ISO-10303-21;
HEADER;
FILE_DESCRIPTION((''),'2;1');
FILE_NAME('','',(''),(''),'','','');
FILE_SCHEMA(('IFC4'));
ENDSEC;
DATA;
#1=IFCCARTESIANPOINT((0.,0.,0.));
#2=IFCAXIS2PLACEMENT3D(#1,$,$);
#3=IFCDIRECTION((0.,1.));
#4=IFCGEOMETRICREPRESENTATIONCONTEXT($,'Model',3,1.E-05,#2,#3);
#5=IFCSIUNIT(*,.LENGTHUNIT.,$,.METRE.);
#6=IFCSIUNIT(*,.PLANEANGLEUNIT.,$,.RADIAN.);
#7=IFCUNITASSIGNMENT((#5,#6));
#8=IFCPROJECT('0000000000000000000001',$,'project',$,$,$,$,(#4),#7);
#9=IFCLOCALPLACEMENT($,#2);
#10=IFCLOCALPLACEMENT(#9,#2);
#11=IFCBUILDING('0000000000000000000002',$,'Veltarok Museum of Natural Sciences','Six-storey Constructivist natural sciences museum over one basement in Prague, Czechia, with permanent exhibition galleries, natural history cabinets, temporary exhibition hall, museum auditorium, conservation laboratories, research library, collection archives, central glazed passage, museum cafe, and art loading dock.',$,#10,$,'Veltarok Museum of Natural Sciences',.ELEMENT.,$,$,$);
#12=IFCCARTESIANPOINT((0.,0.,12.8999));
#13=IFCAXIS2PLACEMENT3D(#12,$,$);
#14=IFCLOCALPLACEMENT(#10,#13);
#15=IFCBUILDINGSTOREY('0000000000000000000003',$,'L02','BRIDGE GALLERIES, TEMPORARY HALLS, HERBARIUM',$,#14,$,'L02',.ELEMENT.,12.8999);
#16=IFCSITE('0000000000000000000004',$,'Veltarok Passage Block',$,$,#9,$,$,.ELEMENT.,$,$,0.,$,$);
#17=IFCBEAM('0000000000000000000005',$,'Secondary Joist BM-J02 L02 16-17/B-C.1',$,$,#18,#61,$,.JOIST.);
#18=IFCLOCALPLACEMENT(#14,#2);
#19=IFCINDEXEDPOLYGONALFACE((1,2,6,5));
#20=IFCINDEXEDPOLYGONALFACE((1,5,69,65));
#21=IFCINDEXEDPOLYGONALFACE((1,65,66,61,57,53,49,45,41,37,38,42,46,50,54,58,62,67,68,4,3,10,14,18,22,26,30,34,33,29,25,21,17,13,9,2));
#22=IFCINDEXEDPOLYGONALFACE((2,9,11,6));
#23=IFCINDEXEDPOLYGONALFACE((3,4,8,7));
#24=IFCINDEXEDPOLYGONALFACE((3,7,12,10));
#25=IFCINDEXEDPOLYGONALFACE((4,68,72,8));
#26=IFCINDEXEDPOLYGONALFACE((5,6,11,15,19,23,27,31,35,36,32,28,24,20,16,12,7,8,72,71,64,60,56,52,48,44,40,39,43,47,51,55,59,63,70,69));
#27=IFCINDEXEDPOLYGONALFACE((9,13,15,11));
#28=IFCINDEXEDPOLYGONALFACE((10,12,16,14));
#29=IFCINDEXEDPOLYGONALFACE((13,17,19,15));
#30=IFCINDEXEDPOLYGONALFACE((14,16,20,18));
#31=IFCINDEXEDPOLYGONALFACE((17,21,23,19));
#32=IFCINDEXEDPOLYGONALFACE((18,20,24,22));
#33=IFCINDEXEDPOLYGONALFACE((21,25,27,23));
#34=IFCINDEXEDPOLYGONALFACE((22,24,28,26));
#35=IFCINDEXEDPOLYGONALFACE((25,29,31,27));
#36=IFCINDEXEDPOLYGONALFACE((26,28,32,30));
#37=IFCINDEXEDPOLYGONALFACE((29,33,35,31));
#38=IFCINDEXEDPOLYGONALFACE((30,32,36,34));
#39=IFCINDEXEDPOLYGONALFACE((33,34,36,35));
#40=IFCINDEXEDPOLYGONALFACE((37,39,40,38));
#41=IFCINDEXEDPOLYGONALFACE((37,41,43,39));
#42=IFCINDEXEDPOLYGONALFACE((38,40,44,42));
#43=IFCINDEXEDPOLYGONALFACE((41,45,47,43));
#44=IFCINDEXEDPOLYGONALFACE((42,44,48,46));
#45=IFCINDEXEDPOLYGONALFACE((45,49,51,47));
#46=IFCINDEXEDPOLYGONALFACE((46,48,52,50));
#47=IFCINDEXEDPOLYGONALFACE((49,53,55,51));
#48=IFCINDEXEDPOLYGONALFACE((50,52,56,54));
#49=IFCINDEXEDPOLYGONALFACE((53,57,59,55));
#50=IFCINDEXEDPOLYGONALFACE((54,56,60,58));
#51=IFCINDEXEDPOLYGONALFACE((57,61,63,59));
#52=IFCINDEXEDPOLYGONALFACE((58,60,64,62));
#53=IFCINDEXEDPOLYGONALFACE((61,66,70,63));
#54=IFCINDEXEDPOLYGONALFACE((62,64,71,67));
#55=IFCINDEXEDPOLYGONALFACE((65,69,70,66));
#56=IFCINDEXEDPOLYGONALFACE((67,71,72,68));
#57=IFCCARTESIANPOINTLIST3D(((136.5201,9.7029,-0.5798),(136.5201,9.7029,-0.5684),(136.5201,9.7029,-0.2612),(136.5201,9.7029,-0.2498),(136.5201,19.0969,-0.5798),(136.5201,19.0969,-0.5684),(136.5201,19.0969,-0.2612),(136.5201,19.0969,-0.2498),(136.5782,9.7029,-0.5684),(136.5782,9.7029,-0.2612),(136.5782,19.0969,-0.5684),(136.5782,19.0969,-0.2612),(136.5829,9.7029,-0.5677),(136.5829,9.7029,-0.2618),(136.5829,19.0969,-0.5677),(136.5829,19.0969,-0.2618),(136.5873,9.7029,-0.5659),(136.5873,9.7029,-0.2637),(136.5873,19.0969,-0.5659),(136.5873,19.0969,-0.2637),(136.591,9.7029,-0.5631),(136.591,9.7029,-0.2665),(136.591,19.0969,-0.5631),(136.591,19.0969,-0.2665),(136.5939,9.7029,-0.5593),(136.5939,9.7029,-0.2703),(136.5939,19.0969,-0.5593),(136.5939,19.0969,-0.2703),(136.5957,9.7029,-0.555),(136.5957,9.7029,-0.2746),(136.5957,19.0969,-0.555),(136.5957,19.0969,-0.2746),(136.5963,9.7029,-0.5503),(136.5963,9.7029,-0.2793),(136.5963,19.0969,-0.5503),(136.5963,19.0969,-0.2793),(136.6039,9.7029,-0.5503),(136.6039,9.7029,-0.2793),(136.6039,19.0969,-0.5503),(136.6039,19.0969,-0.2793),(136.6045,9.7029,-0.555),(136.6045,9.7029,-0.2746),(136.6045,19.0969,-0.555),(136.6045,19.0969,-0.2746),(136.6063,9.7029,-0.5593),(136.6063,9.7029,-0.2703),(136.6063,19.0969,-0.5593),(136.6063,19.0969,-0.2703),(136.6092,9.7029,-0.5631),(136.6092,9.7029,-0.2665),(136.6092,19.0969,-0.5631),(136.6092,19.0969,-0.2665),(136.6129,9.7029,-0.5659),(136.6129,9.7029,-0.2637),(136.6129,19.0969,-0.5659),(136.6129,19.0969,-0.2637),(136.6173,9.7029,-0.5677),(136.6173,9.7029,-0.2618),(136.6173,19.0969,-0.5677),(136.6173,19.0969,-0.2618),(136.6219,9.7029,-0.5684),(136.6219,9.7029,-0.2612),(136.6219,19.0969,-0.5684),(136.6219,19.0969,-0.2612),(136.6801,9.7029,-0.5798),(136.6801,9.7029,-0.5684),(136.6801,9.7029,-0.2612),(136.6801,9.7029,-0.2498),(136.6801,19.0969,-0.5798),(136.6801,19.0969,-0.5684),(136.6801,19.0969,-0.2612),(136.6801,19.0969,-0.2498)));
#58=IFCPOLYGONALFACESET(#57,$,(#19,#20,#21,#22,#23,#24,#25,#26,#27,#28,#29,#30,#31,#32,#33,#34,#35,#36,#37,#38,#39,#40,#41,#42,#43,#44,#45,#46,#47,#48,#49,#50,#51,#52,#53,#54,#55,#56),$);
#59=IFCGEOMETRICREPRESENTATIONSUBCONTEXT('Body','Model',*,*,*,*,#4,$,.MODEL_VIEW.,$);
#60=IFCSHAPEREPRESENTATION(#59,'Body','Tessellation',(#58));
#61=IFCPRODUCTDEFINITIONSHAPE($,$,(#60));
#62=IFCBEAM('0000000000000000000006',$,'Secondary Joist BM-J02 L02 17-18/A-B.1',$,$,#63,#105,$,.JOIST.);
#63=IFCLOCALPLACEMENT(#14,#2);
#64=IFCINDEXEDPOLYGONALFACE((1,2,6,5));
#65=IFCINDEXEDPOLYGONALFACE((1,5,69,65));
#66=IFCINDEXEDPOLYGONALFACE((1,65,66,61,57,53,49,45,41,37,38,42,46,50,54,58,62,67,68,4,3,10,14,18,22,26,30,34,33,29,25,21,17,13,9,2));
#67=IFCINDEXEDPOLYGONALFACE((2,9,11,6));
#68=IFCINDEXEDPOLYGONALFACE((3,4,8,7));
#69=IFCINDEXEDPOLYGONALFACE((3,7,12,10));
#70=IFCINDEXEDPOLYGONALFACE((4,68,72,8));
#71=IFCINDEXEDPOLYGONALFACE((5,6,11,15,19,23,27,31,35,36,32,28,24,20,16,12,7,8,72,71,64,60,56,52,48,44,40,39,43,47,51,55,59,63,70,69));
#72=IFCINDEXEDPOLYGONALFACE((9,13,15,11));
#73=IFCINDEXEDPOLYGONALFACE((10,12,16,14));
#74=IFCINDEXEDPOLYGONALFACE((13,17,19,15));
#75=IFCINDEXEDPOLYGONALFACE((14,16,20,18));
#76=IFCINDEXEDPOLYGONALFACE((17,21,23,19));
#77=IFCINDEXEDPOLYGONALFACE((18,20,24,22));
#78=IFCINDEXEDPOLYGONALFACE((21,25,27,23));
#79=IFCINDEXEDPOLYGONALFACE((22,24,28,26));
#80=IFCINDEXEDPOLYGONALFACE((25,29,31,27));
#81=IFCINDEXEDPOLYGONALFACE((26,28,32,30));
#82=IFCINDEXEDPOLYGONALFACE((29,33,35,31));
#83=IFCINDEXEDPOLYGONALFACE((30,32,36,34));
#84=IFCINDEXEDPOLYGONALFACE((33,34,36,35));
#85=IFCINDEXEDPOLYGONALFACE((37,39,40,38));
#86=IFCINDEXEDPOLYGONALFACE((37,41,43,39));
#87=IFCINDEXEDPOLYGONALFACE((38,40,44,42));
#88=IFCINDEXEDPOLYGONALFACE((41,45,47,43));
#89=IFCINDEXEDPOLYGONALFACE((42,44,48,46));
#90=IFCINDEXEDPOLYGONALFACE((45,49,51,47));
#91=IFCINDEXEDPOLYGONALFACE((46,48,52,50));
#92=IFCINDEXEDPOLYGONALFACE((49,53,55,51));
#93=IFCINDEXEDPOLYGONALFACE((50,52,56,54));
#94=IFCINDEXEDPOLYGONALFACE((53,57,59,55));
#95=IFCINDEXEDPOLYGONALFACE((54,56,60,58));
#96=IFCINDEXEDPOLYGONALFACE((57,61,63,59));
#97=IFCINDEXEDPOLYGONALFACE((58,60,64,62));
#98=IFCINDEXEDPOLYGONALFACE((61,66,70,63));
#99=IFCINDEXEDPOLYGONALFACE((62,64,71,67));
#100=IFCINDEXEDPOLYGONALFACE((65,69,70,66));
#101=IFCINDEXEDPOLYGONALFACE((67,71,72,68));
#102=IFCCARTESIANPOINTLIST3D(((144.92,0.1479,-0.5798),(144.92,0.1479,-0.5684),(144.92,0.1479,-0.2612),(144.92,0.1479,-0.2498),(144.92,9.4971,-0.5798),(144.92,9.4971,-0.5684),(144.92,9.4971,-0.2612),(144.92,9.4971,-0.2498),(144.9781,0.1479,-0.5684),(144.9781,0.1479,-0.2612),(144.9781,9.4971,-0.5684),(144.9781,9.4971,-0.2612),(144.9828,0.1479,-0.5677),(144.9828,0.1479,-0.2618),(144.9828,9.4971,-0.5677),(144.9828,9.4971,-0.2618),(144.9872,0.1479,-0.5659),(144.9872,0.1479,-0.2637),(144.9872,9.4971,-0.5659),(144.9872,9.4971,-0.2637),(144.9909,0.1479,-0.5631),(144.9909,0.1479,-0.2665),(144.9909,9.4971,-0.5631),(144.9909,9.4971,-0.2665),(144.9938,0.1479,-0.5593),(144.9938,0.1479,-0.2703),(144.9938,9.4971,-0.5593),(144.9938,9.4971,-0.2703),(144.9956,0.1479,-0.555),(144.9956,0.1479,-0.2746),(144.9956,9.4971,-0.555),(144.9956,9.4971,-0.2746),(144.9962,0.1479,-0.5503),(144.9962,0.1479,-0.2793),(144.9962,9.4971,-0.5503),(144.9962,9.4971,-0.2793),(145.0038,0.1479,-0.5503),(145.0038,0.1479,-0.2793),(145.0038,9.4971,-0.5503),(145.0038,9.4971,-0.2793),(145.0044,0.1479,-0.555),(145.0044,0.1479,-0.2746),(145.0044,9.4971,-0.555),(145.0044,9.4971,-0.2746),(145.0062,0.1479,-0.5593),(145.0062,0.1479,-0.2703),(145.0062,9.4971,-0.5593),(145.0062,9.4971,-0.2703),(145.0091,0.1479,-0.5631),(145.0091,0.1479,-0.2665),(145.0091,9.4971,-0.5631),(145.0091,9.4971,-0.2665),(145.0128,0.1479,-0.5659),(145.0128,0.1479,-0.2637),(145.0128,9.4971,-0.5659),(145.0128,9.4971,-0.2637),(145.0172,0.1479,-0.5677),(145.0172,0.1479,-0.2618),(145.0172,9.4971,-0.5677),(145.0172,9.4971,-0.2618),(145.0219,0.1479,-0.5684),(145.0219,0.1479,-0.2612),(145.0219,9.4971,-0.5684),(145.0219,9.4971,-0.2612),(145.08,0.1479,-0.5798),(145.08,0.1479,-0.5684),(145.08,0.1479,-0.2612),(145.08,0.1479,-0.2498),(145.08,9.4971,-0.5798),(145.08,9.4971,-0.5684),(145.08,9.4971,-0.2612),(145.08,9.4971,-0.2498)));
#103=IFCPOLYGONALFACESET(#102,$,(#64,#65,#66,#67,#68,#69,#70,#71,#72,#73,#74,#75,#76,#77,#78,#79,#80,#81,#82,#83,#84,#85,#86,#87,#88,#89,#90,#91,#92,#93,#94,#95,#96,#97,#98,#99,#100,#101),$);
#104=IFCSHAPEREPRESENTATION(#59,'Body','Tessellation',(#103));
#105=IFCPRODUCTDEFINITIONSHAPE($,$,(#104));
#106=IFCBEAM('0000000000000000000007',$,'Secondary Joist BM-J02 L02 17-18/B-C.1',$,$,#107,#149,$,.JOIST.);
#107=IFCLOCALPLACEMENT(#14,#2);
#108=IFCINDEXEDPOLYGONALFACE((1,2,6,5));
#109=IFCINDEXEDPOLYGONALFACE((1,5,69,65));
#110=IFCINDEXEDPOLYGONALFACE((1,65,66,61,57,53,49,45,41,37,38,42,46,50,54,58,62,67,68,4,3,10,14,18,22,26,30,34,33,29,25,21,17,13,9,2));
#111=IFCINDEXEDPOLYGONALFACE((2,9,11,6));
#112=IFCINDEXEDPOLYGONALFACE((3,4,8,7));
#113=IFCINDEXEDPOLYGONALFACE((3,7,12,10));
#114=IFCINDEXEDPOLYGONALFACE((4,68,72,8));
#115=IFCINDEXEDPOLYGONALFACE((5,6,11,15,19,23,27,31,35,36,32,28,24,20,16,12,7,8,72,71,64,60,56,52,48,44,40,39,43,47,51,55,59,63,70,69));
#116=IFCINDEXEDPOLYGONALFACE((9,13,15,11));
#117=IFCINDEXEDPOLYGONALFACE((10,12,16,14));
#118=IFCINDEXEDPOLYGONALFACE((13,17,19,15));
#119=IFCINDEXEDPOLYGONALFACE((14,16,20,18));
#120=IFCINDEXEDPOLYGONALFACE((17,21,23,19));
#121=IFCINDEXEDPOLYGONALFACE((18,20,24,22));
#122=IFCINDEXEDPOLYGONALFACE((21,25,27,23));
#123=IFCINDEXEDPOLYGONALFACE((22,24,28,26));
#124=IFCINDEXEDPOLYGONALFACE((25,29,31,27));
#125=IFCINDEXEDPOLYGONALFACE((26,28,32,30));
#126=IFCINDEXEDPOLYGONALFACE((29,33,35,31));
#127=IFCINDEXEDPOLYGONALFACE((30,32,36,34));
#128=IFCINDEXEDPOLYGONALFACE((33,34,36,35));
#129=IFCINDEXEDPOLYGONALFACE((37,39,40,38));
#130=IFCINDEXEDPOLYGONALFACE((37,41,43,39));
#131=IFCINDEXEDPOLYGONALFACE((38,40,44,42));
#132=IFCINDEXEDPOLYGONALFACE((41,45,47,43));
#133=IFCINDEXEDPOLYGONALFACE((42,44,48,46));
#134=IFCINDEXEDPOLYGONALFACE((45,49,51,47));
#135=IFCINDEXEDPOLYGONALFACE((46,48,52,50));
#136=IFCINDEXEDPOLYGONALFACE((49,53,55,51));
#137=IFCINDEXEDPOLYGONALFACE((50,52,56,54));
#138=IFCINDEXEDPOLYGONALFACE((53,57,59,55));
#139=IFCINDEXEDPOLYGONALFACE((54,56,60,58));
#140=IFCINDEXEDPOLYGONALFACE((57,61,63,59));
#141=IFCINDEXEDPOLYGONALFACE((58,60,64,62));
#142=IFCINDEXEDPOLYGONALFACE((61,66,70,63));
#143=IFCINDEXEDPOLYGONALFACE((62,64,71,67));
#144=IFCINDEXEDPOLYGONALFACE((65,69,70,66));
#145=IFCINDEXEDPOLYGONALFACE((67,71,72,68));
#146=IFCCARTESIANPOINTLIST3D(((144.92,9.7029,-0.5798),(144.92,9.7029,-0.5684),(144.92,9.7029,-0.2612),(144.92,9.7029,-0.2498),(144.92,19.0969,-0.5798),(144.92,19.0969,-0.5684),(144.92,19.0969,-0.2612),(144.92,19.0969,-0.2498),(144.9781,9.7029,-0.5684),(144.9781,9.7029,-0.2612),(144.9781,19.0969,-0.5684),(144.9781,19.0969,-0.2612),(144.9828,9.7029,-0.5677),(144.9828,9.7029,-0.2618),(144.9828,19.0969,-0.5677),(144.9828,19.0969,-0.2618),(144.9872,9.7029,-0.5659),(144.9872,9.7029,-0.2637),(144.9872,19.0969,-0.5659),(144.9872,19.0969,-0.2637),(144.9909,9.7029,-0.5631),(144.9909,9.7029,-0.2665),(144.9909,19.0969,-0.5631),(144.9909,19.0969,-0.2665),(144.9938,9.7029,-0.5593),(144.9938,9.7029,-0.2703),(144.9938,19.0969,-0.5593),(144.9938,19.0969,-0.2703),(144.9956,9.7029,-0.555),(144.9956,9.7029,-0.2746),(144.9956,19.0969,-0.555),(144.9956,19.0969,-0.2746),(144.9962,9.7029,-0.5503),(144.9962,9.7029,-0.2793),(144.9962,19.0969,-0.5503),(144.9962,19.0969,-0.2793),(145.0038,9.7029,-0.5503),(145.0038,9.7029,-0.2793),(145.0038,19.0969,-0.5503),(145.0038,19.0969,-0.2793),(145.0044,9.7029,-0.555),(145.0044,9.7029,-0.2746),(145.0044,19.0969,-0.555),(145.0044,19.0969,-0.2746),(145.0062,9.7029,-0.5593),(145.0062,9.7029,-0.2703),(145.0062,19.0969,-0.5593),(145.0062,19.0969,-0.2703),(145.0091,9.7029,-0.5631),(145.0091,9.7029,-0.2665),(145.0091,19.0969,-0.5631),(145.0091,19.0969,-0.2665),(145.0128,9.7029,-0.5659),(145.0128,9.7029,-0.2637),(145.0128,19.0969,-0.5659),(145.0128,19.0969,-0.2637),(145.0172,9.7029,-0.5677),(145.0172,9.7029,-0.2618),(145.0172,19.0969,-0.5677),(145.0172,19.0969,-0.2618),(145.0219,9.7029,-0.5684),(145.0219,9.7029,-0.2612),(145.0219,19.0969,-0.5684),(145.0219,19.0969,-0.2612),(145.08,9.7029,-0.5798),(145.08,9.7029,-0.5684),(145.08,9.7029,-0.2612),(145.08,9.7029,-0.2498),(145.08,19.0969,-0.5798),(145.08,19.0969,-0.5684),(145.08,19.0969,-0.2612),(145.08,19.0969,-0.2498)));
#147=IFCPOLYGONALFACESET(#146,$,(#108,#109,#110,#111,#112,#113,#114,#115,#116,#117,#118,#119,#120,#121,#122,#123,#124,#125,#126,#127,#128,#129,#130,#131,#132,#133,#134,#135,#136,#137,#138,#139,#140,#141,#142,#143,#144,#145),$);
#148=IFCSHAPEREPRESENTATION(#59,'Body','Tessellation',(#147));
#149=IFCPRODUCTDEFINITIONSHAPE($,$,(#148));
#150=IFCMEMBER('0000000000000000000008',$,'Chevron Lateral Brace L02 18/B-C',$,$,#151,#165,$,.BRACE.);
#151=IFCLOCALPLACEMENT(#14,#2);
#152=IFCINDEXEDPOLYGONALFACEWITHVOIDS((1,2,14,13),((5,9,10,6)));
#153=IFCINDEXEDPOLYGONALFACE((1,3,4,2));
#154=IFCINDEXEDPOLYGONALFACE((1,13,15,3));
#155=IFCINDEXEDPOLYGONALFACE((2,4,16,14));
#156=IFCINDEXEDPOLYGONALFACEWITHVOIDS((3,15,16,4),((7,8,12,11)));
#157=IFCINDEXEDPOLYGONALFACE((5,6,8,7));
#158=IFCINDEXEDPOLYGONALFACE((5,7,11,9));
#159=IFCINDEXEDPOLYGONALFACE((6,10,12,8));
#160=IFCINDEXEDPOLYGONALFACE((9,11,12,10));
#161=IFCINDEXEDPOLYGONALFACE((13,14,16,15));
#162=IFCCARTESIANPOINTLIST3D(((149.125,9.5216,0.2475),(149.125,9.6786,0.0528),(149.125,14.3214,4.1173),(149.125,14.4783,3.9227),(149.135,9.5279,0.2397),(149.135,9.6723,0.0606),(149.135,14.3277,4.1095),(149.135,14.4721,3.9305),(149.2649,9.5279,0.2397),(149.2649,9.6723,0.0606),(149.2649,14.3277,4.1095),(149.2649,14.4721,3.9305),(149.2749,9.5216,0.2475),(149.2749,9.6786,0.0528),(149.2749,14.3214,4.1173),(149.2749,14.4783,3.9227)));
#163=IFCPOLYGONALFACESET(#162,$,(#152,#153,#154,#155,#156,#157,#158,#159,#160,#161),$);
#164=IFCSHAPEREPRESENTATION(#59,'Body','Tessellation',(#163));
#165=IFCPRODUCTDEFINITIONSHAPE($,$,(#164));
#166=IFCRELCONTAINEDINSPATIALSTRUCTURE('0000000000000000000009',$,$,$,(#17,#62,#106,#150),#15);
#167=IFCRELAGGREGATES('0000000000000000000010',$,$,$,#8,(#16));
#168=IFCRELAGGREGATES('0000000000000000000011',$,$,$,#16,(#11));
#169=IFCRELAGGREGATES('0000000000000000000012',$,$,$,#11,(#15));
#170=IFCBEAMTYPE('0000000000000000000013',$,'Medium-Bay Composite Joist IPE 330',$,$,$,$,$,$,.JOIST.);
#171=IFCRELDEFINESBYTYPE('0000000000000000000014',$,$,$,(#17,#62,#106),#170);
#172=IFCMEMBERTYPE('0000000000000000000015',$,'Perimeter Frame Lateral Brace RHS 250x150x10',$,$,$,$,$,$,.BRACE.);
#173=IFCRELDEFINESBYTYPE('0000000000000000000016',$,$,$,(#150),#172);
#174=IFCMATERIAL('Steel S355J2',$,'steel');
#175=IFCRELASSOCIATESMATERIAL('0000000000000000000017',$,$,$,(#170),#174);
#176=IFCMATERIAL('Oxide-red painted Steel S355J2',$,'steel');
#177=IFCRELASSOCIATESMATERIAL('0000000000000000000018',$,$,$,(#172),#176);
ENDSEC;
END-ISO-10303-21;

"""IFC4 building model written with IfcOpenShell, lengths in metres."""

from ifc_helpers import new_model, si_unit, direction, frame, origin, origin_2d, place, context, subcontext, project, spatial, hollow_rectangle, i_section, extrude, material, material_profile, profile_set, type_object, element, save


model = new_model("IFC4")

# Units and contexts
model_context = context("Model", 3, precision=1e-05, world=origin(), true_north=direction((0.0, 1.0)))
body_context = subcontext(model_context, "Body", "Model", "MODEL_VIEW")
ifc_project = project(units=[si_unit("LENGTHUNIT", "METRE"), si_unit("PLANEANGLEUNIT", "RADIAN")], contexts=[model_context])

# Site, building, storey
site_placement = place(None, origin())
site = spatial("IfcSite", under=ifc_project, at=site_placement, Name="Veltarok Passage Block", CompositionType="ELEMENT", RefElevation=0.0)
building_placement = place(site_placement, origin())
building = spatial("IfcBuilding", under=site, at=building_placement, Name="Veltarok Museum of Natural Sciences", Description="Six-storey Constructivist natural sciences museum over one basement in Prague, Czechia, with permanent exhibition galleries, natural history cabinets, temporary exhibition hall, museum auditorium, conservation laboratories, research library, collection archives, central glazed passage, museum cafe, and art loading dock.", LongName="Veltarok Museum of Natural Sciences", CompositionType="ELEMENT")
storey_placement = place(building_placement, frame((0.0, 0.0, 12.8999)))
storey = spatial("IfcBuildingStorey", under=building, at=storey_placement, Name="L02", Description="BRIDGE GALLERIES, TEMPORARY HALLS, HERBARIUM", LongName="L02", CompositionType="ELEMENT", Elevation=12.8999)

# Shared definitions
ifc_material_1 = material(Name="Steel S355J2", Category="steel")

# Beams
ifc_material_profile_1 = material_profile(ifc_material_1, i_section(OverallWidth=0.1599, OverallDepth=0.3301, WebThickness=0.0076, FlangeThickness=0.0115, FilletRadius=0.0181, at=origin_2d()), Name="IPE 330")
ifc_profile_set_1 = profile_set([ifc_material_profile_1], Name="Steel S355J2")
beam_type_1 = type_object("IfcBeamType", Name="Medium-Bay Composite Joist IPE 330", PredefinedType="JOIST", material=ifc_profile_set_1)
beam_1_placement = place(storey_placement, frame((136.6001, 9.7029, -0.4148), z_axis=(0.0, 1.0, 0.0), x_axis=(-1.0, 0.0, 0.0)))
element("IfcBeam", 1, at=beam_1_placement, inside=storey, type_object=beam_type_1, Name="Secondary Joist BM-J02 L02 16-17/B-C.1", PredefinedType="JOIST", context=body_context, shape_type="SweptSolid", body=[
    extrude(i_section(OverallWidth=0.1599, OverallDepth=0.3301, WebThickness=0.0076, FlangeThickness=0.0115, FilletRadius=0.0181, at=origin_2d()), origin(), (0.0, 0.0, 1.0), 9.394),
])
beam_2_placement = place(storey_placement, frame((145.0, 0.1479, -0.4148), z_axis=(0.0, 1.0, 0.0), x_axis=(-1.0, 0.0, 0.0)))
element("IfcBeam", 2, at=beam_2_placement, inside=storey, type_object=beam_type_1, Name="Secondary Joist BM-J02 L02 17-18/A-B.1", PredefinedType="JOIST", context=body_context, shape_type="SweptSolid", body=[
    extrude(i_section(OverallWidth=0.1599, OverallDepth=0.3301, WebThickness=0.0076, FlangeThickness=0.0115, FilletRadius=0.0181, at=origin_2d()), origin(), (0.0, 0.0, 1.0), 9.3491),
])
beam_3_placement = place(storey_placement, frame((145.0, 9.7029, -0.4148), z_axis=(0.0, 1.0, 0.0), x_axis=(-1.0, 0.0, 0.0)))
element("IfcBeam", 3, at=beam_3_placement, inside=storey, type_object=beam_type_1, Name="Secondary Joist BM-J02 L02 17-18/B-C.1", PredefinedType="JOIST", context=body_context, shape_type="SweptSolid", body=[
    extrude(i_section(OverallWidth=0.1599, OverallDepth=0.3301, WebThickness=0.0076, FlangeThickness=0.0115, FilletRadius=0.0181, at=origin_2d()), origin(), (0.0, 0.0, 1.0), 9.394),
])

# Member
ifc_material_2 = material(Name="Oxide-red painted Steel S355J2", Category="steel")
ifc_material_profile_2 = material_profile(ifc_material_2, hollow_rectangle(XDim=0.1499, YDim=0.25, WallThickness=0.01, at=origin_2d()), Name="RHS 250x150x10")
ifc_profile_set_2 = profile_set([ifc_material_profile_2], Name="Oxide-red painted Steel S355J2")
member_type_1 = type_object("IfcMemberType", Name="Perimeter Frame Lateral Brace RHS 250x150x10", PredefinedType="BRACE", material=ifc_profile_set_2)
member_1_placement = place(storey_placement, frame((149.2, 9.6001, 0.1501), z_axis=(0.0, 0.778487, 0.62766), x_axis=(-1.0, 0.0, 0.0)))
element("IfcMember", 4, at=member_1_placement, inside=storey, type_object=member_type_1, Name="Chevron Lateral Brace L02 18/B-C", PredefinedType="BRACE", context=body_context, shape_type="SweptSolid", body=[
    extrude(hollow_rectangle(XDim=0.1499, YDim=0.25, WallThickness=0.01, at=origin_2d()), origin(), (0.0, 0.0, 1.0), 6.1655),
])

save(model, "model.ifc")
